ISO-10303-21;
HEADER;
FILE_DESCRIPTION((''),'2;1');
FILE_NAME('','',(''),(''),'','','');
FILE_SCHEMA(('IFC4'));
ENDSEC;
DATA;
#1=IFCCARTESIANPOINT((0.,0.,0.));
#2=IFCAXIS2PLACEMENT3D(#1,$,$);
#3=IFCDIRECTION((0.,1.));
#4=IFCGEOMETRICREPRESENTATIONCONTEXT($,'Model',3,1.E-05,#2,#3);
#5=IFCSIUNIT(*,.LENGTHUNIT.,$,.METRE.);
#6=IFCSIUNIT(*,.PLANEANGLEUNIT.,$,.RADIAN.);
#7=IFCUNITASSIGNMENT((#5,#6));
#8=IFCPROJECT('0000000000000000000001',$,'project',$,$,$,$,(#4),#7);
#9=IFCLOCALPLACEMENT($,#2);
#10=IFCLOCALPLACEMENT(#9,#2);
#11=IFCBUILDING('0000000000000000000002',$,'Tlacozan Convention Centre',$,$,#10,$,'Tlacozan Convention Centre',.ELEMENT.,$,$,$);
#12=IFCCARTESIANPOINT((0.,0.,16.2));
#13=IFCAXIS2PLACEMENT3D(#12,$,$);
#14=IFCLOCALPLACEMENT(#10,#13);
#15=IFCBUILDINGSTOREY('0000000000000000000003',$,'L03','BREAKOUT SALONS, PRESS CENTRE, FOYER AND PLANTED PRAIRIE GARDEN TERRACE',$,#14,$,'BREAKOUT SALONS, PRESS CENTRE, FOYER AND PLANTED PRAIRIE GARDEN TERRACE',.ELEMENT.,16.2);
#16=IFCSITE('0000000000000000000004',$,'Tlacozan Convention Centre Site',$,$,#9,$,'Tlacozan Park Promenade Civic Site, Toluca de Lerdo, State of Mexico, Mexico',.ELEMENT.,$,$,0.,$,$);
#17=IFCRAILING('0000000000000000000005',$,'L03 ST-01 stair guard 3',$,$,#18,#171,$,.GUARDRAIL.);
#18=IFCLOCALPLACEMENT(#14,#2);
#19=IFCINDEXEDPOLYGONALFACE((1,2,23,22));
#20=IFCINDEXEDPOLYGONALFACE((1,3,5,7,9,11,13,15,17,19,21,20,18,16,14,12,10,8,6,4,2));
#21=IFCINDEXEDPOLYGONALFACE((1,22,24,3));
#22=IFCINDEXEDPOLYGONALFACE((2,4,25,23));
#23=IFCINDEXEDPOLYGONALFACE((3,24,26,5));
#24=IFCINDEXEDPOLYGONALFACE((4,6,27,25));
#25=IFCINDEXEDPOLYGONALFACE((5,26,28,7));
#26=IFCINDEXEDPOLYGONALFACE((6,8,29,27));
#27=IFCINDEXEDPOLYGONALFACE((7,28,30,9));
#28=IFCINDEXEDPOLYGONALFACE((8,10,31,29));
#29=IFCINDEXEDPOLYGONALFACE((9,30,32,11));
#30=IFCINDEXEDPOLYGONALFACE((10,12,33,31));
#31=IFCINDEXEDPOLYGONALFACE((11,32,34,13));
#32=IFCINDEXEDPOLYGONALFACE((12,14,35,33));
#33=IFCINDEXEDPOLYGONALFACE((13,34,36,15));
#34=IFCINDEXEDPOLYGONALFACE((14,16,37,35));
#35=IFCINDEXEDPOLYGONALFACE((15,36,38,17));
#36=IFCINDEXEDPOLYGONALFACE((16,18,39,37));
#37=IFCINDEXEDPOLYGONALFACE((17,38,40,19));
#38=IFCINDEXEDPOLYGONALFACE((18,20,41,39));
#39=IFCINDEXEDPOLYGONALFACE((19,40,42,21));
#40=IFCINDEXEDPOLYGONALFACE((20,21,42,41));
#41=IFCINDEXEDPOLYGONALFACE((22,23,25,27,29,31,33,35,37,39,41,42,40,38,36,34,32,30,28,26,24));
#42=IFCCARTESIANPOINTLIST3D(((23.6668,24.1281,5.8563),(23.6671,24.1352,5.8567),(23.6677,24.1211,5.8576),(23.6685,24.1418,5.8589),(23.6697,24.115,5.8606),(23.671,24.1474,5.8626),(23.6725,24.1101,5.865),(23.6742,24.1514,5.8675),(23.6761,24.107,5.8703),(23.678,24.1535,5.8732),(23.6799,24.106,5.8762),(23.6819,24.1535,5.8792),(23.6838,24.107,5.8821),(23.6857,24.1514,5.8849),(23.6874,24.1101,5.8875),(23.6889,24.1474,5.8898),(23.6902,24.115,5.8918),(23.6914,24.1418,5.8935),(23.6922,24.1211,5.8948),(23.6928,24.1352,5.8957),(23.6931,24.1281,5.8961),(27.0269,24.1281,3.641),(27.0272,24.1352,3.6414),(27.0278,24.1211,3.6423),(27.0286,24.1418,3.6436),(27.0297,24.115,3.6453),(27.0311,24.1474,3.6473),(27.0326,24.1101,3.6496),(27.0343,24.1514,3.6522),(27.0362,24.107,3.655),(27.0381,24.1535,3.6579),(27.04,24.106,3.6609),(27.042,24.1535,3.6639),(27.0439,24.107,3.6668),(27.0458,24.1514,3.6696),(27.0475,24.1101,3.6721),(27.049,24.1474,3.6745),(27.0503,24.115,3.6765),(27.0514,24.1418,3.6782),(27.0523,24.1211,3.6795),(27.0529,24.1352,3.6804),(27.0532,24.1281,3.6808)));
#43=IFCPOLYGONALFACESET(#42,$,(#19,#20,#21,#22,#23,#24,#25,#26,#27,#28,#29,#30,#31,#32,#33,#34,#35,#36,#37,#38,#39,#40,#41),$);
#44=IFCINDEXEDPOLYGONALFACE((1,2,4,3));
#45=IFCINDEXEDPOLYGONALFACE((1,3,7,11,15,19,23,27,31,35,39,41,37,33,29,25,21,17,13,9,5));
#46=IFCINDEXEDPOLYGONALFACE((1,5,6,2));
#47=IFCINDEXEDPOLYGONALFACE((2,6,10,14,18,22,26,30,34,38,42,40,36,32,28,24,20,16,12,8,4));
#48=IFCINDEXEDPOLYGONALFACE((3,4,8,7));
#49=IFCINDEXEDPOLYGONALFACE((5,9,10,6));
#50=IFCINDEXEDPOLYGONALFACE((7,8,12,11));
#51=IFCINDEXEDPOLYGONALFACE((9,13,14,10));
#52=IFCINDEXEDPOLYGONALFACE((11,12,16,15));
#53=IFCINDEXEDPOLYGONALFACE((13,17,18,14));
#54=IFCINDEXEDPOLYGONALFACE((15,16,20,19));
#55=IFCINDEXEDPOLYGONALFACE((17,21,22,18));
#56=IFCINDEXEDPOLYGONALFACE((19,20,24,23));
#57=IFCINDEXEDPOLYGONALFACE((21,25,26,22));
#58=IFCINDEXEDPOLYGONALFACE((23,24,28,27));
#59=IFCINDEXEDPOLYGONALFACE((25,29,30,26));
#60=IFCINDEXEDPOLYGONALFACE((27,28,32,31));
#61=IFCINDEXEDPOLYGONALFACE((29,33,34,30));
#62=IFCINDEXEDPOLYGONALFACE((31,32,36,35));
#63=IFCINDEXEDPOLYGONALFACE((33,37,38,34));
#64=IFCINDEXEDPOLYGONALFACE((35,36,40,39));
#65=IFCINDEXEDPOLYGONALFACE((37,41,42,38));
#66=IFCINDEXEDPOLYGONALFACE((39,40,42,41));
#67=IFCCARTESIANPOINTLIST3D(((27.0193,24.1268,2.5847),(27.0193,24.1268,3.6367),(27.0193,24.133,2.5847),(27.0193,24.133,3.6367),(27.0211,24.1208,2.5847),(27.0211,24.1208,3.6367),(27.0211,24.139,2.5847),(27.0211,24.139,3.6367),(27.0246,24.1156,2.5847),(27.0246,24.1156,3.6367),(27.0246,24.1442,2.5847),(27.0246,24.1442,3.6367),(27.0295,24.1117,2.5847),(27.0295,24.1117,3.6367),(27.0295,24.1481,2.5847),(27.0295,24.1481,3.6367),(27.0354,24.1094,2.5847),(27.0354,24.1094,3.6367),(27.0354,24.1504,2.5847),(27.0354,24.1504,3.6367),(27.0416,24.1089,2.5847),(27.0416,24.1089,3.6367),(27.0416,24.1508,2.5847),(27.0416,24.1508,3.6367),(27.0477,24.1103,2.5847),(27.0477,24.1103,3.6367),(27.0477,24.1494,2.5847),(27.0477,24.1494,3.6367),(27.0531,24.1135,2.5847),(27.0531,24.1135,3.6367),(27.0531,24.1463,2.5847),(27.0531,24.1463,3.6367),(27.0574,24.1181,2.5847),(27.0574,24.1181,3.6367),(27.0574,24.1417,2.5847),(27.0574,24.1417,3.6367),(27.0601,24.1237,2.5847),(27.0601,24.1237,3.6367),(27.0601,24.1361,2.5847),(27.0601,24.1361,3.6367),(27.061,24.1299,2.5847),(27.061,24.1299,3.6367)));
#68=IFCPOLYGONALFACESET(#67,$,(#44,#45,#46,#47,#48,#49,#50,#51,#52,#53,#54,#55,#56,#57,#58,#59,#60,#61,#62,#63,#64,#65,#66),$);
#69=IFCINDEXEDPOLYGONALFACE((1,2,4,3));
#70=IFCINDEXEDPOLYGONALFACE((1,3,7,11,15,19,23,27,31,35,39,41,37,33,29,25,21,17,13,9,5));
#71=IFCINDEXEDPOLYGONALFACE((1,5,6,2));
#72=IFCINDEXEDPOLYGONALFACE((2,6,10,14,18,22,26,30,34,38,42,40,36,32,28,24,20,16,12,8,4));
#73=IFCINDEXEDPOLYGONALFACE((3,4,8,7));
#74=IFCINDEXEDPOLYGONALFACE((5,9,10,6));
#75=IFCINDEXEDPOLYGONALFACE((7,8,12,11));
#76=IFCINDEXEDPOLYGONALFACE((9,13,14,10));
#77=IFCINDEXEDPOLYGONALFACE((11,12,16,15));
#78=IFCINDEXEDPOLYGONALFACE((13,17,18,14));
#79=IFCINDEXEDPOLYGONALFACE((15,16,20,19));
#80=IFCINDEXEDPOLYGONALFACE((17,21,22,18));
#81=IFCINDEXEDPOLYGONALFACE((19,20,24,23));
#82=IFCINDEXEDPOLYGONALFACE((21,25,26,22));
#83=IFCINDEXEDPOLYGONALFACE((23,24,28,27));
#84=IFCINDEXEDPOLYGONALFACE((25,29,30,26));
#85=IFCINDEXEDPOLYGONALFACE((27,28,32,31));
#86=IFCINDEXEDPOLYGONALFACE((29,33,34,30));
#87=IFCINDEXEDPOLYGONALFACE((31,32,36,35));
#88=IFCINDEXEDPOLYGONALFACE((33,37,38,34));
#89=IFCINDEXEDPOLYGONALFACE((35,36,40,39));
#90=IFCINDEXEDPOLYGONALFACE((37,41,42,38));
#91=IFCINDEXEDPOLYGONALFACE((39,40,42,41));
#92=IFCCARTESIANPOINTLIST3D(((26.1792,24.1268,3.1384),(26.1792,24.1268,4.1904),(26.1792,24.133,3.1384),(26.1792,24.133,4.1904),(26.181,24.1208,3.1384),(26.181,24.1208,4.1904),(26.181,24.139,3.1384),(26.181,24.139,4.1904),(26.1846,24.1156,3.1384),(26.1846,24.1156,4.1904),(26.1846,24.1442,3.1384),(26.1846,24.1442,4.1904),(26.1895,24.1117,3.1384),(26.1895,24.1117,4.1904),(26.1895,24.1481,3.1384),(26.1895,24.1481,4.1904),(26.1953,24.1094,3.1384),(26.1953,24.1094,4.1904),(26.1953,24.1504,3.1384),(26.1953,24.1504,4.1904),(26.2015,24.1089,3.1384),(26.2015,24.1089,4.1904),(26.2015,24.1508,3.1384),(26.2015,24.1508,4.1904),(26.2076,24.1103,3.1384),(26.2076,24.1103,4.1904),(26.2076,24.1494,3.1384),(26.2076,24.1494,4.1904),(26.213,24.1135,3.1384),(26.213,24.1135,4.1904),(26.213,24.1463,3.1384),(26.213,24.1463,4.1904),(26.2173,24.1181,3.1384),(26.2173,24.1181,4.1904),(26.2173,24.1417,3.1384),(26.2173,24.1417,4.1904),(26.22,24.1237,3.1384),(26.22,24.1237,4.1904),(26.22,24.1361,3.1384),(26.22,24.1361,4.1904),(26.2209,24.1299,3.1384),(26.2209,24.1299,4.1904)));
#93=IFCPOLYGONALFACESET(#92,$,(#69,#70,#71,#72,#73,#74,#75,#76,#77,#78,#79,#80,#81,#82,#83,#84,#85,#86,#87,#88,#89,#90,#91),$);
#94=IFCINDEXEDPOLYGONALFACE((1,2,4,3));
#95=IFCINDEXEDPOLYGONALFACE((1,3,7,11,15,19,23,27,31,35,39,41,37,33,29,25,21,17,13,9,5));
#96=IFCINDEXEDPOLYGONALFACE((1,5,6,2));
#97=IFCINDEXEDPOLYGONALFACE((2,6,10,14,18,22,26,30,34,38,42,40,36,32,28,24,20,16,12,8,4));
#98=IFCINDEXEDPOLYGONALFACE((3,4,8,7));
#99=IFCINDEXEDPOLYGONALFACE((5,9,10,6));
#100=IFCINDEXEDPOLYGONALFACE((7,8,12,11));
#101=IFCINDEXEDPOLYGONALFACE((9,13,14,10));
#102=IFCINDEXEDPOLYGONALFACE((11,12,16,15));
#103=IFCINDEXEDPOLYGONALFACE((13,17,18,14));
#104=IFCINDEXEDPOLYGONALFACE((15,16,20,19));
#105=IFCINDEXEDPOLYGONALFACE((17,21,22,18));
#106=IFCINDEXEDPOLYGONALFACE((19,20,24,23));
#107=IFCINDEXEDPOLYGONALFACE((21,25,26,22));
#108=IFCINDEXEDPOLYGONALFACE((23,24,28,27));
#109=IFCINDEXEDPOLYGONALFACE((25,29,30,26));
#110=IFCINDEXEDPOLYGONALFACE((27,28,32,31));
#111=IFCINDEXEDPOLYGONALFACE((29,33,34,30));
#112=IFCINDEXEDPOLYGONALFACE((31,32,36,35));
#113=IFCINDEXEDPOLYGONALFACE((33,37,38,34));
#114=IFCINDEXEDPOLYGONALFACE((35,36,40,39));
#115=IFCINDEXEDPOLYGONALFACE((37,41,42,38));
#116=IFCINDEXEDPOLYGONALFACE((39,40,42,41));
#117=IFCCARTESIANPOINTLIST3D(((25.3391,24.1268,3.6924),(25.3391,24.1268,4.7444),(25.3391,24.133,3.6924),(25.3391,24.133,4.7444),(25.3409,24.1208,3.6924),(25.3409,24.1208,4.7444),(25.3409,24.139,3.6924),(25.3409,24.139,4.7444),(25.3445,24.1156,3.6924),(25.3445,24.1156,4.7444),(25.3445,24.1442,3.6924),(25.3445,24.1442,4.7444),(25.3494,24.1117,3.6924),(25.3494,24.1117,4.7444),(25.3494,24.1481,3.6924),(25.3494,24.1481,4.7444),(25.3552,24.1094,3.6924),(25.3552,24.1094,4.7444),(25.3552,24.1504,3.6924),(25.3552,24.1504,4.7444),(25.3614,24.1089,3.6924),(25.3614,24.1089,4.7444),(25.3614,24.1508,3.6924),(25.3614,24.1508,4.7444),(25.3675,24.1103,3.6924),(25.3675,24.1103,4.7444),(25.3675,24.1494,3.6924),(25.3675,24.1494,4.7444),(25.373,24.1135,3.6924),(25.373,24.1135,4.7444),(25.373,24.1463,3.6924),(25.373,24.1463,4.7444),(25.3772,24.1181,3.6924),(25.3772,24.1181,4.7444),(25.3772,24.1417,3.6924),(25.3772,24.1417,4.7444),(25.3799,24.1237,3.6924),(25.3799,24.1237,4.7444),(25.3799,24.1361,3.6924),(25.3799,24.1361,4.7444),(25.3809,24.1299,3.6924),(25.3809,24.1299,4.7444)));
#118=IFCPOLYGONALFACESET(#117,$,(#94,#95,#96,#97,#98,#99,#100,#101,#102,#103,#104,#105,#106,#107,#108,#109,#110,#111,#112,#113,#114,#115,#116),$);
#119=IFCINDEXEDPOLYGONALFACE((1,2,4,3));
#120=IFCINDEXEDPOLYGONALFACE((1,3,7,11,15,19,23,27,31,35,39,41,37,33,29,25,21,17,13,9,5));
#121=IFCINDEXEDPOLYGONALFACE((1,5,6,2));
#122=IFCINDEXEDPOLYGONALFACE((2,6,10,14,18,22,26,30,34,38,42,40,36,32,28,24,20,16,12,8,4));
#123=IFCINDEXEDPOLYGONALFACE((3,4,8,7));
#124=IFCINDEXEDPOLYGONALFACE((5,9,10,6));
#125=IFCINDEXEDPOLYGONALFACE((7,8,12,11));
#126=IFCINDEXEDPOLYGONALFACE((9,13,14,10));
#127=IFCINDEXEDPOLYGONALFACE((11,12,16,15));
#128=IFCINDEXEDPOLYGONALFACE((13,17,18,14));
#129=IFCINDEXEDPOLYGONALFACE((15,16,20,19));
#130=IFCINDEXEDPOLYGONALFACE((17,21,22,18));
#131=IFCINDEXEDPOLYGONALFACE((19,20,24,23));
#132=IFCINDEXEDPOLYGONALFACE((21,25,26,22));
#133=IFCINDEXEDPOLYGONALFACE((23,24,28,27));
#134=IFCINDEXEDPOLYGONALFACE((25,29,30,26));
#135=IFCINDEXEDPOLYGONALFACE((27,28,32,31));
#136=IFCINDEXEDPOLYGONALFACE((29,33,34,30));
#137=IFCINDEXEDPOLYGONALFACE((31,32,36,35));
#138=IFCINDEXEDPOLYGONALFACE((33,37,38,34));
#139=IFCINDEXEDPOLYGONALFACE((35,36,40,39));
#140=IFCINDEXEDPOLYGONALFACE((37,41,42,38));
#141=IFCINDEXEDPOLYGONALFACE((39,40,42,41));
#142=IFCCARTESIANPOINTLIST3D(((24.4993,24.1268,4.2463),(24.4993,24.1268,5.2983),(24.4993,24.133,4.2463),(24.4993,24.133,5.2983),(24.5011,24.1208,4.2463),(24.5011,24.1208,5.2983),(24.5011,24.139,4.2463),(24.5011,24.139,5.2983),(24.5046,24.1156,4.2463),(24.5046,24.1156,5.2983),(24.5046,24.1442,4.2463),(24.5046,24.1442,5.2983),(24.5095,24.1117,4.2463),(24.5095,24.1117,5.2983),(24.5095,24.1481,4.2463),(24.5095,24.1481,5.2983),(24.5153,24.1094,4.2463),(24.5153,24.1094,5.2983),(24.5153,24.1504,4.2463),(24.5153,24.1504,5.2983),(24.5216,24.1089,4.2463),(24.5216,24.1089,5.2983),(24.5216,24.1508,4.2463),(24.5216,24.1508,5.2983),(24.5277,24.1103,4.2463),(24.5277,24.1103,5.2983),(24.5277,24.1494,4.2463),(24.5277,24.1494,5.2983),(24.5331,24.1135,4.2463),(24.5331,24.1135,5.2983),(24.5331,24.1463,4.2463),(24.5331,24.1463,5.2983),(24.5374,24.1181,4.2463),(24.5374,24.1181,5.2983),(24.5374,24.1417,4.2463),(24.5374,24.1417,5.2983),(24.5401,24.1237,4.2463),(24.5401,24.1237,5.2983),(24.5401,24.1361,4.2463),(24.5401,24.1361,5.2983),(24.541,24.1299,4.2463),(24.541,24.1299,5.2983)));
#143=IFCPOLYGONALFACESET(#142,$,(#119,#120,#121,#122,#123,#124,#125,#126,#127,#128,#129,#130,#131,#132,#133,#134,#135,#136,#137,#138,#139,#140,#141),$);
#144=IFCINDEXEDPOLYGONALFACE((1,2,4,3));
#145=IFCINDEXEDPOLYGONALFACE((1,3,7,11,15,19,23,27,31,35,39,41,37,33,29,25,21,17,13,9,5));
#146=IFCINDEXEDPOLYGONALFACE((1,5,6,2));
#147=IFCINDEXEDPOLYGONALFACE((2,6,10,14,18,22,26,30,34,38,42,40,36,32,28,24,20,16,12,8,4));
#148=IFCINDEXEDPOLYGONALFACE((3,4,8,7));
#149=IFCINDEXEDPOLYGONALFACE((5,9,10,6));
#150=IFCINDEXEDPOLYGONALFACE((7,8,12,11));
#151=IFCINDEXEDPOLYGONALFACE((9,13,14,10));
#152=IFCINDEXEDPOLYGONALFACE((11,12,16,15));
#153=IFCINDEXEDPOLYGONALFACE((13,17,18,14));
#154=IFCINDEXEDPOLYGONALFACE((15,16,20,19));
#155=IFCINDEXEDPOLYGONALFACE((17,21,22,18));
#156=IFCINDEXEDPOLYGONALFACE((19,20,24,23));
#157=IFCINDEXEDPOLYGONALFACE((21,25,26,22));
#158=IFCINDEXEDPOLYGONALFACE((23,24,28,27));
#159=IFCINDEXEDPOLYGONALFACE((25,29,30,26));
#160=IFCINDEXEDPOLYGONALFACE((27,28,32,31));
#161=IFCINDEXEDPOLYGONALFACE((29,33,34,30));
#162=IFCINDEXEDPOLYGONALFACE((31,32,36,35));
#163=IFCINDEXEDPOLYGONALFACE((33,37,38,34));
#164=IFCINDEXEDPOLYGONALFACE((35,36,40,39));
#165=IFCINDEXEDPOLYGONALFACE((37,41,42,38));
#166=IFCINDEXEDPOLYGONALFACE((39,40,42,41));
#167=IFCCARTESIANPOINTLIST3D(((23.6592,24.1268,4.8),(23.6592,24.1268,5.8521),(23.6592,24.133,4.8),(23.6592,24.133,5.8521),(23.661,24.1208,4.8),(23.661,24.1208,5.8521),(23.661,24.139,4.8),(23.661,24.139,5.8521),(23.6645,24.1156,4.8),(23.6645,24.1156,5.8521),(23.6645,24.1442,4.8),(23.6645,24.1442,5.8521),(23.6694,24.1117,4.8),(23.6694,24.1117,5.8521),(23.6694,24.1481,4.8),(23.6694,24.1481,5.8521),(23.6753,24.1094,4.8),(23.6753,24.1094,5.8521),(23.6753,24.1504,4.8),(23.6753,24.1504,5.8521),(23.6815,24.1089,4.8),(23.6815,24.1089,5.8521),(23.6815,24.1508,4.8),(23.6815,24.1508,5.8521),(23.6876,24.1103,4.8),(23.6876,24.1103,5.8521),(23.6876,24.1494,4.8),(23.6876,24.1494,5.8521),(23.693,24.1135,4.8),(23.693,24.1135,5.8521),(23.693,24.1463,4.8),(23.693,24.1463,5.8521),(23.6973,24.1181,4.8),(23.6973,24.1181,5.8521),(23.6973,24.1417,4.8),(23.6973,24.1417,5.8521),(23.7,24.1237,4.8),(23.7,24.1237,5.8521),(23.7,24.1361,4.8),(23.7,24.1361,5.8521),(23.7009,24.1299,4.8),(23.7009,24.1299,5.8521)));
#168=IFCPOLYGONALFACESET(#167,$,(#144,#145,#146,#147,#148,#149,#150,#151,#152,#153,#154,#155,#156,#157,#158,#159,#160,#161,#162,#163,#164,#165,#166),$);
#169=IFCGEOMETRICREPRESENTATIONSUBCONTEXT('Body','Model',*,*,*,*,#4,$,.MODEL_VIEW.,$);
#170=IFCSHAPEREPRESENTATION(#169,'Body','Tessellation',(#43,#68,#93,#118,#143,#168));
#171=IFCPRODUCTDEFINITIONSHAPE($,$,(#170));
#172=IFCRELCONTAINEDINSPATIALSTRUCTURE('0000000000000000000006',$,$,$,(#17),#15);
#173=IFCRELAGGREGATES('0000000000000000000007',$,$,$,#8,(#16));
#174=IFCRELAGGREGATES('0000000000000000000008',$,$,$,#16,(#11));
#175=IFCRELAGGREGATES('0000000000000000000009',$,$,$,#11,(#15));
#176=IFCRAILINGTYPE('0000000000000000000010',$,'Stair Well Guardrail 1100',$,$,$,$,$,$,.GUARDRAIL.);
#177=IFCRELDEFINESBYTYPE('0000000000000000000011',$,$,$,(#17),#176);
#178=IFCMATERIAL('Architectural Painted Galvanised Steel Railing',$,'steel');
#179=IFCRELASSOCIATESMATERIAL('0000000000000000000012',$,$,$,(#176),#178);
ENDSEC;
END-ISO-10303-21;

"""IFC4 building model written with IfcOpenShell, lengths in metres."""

from ifc_helpers import new_model, si_unit, direction, frame, origin, origin_2d, place, context, subcontext, project, spatial, circle, extrude, material, type_object, element, save


model = new_model("IFC4")

# Units and contexts
model_context = context("Model", 3, precision=1e-05, world=origin(), true_north=direction((0.0, 1.0)))
body_context = subcontext(model_context, "Body", "Model", "MODEL_VIEW")
ifc_project = project(units=[si_unit("LENGTHUNIT", "METRE"), si_unit("PLANEANGLEUNIT", "RADIAN")], contexts=[model_context])

# Site, building, storey
site_placement = place(None, origin())
site = spatial("IfcSite", under=ifc_project, at=site_placement, Name="Tlacozan Convention Centre Site", LongName="Tlacozan Park Promenade Civic Site, Toluca de Lerdo, State of Mexico, Mexico", CompositionType="ELEMENT", RefElevation=0.0)
building_placement = place(site_placement, origin())
building = spatial("IfcBuilding", under=site, at=building_placement, Name="Tlacozan Convention Centre", LongName="Tlacozan Convention Centre", CompositionType="ELEMENT")
storey_placement = place(building_placement, frame((0.0, 0.0, 16.2)))
storey = spatial("IfcBuildingStorey", under=building, at=storey_placement, Name="L03", Description="BREAKOUT SALONS, PRESS CENTRE, FOYER AND PLANTED PRAIRIE GARDEN TERRACE", LongName="BREAKOUT SALONS, PRESS CENTRE, FOYER AND PLANTED PRAIRIE GARDEN TERRACE", CompositionType="ELEMENT", Elevation=16.2)

# Railing
ifc_material_1 = material(Name="Architectural Painted Galvanised Steel Railing", Category="steel")
railing_type_1 = type_object("IfcRailingType", Name="Stair Well Guardrail 1100", PredefinedType="GUARDRAIL", material=ifc_material_1)
railing_1_placement = place(storey_placement, frame((27.04, 24.1299, 2.5847)))
element("IfcRailing", 1, at=railing_1_placement, inside=storey, type_object=railing_type_1, Name="L03 ST-01 stair guard 3", PredefinedType="GUARDRAIL", context=body_context, shape_type="SweptSolid", body=[
    extrude(circle(Radius=0.0239, at=origin_2d()), frame((0.0, 0.0, 1.0762), z_axis=(-0.834876, 0.0, 0.550437), x_axis=(0.0, -1.0, 0.0)), (0.0, 0.0, 1.0), 4.0247),
    extrude(circle(Radius=0.021, at=origin_2d()), origin(), (0.0, 0.0, 1.0), 1.052),
    extrude(circle(Radius=0.021, at=origin_2d()), frame((-0.8401, 0.0, 0.5537)), (0.0, 0.0, 1.0), 1.052),
    extrude(circle(Radius=0.021, at=origin_2d()), frame((-1.6802, 0.0, 1.1077)), (0.0, 0.0, 1.0), 1.052),
    extrude(circle(Radius=0.021, at=origin_2d()), frame((-2.52, 0.0, 1.6616)), (0.0, 0.0, 1.0), 1.052),
    extrude(circle(Radius=0.021, at=origin_2d()), frame((-3.3601, 0.0, 2.2153)), (0.0, 0.0, 1.0), 1.052),
])

save(model, "model.ifc")
